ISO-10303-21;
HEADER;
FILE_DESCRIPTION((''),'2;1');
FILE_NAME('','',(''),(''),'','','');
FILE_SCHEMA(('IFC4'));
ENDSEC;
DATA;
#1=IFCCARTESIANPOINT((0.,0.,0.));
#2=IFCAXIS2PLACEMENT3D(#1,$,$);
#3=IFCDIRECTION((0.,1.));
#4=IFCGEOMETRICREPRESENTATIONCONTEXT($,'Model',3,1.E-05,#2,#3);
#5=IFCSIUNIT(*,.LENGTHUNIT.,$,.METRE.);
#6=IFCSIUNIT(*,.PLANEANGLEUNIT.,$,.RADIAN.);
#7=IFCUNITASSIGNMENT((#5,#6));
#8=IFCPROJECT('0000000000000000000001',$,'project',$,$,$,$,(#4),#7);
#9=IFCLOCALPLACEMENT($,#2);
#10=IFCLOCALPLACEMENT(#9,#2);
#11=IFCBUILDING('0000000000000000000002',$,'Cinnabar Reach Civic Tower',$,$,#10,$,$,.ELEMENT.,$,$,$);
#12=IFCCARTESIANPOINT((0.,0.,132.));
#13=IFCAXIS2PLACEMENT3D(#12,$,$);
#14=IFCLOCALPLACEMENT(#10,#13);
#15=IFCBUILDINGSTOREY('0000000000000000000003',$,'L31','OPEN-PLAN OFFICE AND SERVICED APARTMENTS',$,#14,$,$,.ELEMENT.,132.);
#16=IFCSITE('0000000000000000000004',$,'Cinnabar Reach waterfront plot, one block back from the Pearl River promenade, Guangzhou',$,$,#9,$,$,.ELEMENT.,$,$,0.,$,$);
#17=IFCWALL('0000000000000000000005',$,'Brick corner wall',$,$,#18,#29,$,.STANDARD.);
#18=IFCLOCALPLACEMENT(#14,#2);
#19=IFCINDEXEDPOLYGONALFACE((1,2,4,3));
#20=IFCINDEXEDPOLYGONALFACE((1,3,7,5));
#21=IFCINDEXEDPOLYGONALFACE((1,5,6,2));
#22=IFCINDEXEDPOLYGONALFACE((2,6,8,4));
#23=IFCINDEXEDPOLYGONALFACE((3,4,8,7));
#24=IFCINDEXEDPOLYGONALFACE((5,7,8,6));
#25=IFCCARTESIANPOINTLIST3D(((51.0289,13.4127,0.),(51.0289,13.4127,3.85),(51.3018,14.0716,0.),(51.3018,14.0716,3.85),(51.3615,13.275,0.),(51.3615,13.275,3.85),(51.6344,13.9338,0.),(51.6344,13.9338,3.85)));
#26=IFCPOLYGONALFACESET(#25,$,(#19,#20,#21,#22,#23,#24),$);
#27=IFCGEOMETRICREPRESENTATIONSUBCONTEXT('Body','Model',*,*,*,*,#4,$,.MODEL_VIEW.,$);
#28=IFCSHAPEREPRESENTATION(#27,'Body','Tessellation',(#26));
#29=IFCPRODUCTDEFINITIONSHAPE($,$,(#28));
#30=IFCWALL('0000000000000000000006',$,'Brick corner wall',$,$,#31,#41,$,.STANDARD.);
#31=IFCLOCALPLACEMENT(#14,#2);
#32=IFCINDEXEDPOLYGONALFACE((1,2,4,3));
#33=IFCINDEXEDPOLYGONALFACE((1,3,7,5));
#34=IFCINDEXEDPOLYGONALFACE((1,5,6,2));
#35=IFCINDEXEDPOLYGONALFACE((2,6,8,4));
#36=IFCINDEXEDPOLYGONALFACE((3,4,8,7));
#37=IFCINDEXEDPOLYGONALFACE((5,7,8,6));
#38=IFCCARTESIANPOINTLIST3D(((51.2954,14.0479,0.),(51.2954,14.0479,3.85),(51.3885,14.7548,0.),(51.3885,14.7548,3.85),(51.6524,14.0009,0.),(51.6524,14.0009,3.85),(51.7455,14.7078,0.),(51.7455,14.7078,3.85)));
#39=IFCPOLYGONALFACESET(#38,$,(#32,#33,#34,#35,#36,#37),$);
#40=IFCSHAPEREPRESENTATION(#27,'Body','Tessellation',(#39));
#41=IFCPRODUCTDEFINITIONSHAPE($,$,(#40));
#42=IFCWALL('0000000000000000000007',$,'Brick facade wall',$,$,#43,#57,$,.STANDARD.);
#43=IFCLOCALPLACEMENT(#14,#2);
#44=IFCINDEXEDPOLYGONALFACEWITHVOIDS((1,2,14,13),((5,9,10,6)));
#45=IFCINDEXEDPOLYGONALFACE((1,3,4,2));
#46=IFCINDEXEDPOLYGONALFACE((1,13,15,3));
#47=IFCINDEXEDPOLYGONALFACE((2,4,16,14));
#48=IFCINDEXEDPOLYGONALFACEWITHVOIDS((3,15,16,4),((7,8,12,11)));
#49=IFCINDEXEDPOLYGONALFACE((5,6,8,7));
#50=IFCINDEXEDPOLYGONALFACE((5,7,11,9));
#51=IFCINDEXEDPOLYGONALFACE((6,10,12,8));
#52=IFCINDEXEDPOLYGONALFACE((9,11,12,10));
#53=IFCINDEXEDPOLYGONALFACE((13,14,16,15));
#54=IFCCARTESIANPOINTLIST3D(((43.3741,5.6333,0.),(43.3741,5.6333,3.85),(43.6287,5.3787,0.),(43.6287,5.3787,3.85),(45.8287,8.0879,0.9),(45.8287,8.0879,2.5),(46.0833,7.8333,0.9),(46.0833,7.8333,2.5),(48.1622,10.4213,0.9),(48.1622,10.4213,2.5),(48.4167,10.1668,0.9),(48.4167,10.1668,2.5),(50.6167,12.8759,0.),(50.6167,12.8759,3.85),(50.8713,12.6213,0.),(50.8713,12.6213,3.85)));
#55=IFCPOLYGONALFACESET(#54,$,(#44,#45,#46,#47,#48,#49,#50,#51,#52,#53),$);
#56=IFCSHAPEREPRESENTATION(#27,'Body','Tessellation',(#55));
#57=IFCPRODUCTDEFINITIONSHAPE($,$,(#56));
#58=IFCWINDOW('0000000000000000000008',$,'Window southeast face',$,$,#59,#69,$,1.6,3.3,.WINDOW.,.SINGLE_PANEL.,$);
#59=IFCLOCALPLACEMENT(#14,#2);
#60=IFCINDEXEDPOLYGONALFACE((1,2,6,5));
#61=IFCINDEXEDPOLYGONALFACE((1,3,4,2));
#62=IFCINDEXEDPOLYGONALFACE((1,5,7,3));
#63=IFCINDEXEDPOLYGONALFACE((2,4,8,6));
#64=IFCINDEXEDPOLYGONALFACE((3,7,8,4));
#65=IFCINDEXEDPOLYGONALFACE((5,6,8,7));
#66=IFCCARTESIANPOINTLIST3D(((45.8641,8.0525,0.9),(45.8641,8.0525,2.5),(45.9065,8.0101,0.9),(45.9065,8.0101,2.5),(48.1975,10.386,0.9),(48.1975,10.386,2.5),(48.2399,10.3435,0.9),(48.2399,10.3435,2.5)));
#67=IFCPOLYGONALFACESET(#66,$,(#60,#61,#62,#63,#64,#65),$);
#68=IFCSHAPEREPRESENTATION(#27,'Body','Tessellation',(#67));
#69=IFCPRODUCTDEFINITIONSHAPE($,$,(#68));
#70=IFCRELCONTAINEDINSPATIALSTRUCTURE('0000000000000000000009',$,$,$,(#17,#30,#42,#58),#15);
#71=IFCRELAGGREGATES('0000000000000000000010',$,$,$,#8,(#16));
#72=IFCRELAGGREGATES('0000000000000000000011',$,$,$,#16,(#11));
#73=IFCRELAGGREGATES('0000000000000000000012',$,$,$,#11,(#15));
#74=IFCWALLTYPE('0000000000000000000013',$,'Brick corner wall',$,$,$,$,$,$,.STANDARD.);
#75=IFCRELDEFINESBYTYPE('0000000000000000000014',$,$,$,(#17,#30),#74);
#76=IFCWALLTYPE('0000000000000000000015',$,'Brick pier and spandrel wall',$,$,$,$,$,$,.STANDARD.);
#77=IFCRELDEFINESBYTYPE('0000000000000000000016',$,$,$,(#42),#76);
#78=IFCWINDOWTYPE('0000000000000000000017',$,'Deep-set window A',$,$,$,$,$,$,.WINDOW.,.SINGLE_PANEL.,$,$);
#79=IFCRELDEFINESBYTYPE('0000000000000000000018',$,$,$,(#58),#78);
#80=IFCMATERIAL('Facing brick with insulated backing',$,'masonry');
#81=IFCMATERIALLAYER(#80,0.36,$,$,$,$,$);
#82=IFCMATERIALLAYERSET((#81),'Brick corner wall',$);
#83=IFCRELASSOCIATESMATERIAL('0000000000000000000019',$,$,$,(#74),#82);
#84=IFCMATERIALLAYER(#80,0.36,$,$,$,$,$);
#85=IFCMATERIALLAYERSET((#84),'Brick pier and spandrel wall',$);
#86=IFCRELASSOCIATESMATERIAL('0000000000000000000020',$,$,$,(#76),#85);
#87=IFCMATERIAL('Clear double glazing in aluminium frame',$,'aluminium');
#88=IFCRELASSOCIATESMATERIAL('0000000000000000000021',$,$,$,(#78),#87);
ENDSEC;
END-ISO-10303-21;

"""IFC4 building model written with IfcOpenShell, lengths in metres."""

from ifc_helpers import new_model, si_unit, direction, frame, frame_2d, origin, place, context, subcontext, project, spatial, rectangle, extrude, material, layer, layer_set, type_object, element, fill, save


model = new_model("IFC4")

# Units and contexts
model_context = context("Model", 3, precision=1e-05, world=origin(), true_north=direction((0.0, 1.0)))
body_context = subcontext(model_context, "Body", "Model", "MODEL_VIEW")
ifc_project = project(units=[si_unit("LENGTHUNIT", "METRE"), si_unit("PLANEANGLEUNIT", "RADIAN")], contexts=[model_context])

# Site, building, storey
site_placement = place(None, origin())
site = spatial("IfcSite", under=ifc_project, at=site_placement, Name="Cinnabar Reach waterfront plot, one block back from the Pearl River promenade, Guangzhou", CompositionType="ELEMENT", RefElevation=0.0)
building_placement = place(site_placement, origin())
building = spatial("IfcBuilding", under=site, at=building_placement, Name="Cinnabar Reach Civic Tower", CompositionType="ELEMENT")
storey_placement = place(building_placement, frame((0.0, 0.0, 132.0)))
storey = spatial("IfcBuildingStorey", under=building, at=storey_placement, Name="L31", Description="OPEN-PLAN OFFICE AND SERVICED APARTMENTS", CompositionType="ELEMENT", Elevation=132.0)

# Walls
ifc_material_1 = material(Name="Facing brick with insulated backing", Category="masonry")
ifc_layer_1 = layer(ifc_material_1, 0.36)
ifc_layer_set_1 = layer_set([ifc_layer_1], Name="Brick corner wall")
wall_type_1 = type_object("IfcWallType", Name="Brick corner wall", PredefinedType="STANDARD", material=ifc_layer_set_1)
for number, where, z_axis, x_axis, name in (
    (1, (51.1952, 13.3439, 0.0), (0.0, 0.0, 1.0), (0.382703, 0.923872, 0.0), "Brick corner wall"),
    (2, (51.4739, 14.0244, 0.0), (0.0, 0.0, 1.0), (0.130556, 0.991441, 0.0), "Brick corner wall"),
):
    element("IfcWall", number, at=place(storey_placement, frame(where, z_axis=z_axis, x_axis=x_axis)), inside=storey, type_object=wall_type_1, Name=name, PredefinedType="STANDARD", context=body_context, shape_type="SweptSolid", body=[
        extrude(rectangle(XDim=0.7131, YDim=0.36, at=frame_2d((0.3565, 0.0))), origin(), (0.0, 0.0, 1.0), 3.85),
    ])

# Wall, opening, window
ifc_layer_2 = layer(ifc_material_1, 0.36)
ifc_layer_set_2 = layer_set([ifc_layer_2], Name="Brick pier and spandrel wall")
wall_type_2 = type_object("IfcWallType", Name="Brick pier and spandrel wall", PredefinedType="STANDARD", material=ifc_layer_set_2)
wall_placement = place(storey_placement, frame((43.5014, 5.506, 0.0), z_axis=(0.0, 0.0, 1.0), x_axis=(0.707107, 0.707107, 0.0)))
wall = element("IfcWall", 3, at=wall_placement, inside=storey, type_object=wall_type_2, Name="Brick facade wall", PredefinedType="STANDARD", context=body_context, shape_type="SweptSolid", body=[
    extrude(rectangle(XDim=10.2426, YDim=0.36, at=frame_2d((5.1213, 0.0))), origin(), (0.0, 0.0, 1.0), 3.85),
])
opening_placement = place(wall_placement, frame((3.4713, 0.0, 0.9)))
opening = element("IfcOpeningElement", 4, at=opening_placement, cuts=wall, PredefinedType="OPENING", context=body_context, shape_type="SweptSolid", body=[
    extrude(rectangle(XDim=3.3, YDim=1.6, at=frame_2d((1.65, 0.8))), frame((0.0, 0.19, 0.0), z_axis=(0.0, -1.0, 0.0), x_axis=(1.0, 0.0, 0.0)), (0.0, 0.0, 1.0), 0.38),
])
ifc_material_2 = material(Name="Clear double glazing in aluminium frame", Category="aluminium")
window_type = type_object("IfcWindowType", Name="Deep-set window A", PartitioningType="SINGLE_PANEL", PredefinedType="WINDOW", material=ifc_material_2)
window_placement = place(opening_placement, origin())
window = element("IfcWindow", 5, at=window_placement, inside=storey, type_object=window_type, Name="Window southeast face", OverallHeight=1.6, OverallWidth=3.3, PartitioningType="SINGLE_PANEL", PredefinedType="WINDOW", context=body_context, shape_type="SweptSolid", body=[
    extrude(rectangle(XDim=3.3, YDim=1.6, at=frame_2d((1.65, 0.8))), frame((0.0, 0.13, 0.0), z_axis=(0.0, -1.0, 0.0), x_axis=(1.0, 0.0, 0.0)), (0.0, 0.0, 1.0), 0.06),
])
fill(opening, window)

save(model, "model.ifc")
